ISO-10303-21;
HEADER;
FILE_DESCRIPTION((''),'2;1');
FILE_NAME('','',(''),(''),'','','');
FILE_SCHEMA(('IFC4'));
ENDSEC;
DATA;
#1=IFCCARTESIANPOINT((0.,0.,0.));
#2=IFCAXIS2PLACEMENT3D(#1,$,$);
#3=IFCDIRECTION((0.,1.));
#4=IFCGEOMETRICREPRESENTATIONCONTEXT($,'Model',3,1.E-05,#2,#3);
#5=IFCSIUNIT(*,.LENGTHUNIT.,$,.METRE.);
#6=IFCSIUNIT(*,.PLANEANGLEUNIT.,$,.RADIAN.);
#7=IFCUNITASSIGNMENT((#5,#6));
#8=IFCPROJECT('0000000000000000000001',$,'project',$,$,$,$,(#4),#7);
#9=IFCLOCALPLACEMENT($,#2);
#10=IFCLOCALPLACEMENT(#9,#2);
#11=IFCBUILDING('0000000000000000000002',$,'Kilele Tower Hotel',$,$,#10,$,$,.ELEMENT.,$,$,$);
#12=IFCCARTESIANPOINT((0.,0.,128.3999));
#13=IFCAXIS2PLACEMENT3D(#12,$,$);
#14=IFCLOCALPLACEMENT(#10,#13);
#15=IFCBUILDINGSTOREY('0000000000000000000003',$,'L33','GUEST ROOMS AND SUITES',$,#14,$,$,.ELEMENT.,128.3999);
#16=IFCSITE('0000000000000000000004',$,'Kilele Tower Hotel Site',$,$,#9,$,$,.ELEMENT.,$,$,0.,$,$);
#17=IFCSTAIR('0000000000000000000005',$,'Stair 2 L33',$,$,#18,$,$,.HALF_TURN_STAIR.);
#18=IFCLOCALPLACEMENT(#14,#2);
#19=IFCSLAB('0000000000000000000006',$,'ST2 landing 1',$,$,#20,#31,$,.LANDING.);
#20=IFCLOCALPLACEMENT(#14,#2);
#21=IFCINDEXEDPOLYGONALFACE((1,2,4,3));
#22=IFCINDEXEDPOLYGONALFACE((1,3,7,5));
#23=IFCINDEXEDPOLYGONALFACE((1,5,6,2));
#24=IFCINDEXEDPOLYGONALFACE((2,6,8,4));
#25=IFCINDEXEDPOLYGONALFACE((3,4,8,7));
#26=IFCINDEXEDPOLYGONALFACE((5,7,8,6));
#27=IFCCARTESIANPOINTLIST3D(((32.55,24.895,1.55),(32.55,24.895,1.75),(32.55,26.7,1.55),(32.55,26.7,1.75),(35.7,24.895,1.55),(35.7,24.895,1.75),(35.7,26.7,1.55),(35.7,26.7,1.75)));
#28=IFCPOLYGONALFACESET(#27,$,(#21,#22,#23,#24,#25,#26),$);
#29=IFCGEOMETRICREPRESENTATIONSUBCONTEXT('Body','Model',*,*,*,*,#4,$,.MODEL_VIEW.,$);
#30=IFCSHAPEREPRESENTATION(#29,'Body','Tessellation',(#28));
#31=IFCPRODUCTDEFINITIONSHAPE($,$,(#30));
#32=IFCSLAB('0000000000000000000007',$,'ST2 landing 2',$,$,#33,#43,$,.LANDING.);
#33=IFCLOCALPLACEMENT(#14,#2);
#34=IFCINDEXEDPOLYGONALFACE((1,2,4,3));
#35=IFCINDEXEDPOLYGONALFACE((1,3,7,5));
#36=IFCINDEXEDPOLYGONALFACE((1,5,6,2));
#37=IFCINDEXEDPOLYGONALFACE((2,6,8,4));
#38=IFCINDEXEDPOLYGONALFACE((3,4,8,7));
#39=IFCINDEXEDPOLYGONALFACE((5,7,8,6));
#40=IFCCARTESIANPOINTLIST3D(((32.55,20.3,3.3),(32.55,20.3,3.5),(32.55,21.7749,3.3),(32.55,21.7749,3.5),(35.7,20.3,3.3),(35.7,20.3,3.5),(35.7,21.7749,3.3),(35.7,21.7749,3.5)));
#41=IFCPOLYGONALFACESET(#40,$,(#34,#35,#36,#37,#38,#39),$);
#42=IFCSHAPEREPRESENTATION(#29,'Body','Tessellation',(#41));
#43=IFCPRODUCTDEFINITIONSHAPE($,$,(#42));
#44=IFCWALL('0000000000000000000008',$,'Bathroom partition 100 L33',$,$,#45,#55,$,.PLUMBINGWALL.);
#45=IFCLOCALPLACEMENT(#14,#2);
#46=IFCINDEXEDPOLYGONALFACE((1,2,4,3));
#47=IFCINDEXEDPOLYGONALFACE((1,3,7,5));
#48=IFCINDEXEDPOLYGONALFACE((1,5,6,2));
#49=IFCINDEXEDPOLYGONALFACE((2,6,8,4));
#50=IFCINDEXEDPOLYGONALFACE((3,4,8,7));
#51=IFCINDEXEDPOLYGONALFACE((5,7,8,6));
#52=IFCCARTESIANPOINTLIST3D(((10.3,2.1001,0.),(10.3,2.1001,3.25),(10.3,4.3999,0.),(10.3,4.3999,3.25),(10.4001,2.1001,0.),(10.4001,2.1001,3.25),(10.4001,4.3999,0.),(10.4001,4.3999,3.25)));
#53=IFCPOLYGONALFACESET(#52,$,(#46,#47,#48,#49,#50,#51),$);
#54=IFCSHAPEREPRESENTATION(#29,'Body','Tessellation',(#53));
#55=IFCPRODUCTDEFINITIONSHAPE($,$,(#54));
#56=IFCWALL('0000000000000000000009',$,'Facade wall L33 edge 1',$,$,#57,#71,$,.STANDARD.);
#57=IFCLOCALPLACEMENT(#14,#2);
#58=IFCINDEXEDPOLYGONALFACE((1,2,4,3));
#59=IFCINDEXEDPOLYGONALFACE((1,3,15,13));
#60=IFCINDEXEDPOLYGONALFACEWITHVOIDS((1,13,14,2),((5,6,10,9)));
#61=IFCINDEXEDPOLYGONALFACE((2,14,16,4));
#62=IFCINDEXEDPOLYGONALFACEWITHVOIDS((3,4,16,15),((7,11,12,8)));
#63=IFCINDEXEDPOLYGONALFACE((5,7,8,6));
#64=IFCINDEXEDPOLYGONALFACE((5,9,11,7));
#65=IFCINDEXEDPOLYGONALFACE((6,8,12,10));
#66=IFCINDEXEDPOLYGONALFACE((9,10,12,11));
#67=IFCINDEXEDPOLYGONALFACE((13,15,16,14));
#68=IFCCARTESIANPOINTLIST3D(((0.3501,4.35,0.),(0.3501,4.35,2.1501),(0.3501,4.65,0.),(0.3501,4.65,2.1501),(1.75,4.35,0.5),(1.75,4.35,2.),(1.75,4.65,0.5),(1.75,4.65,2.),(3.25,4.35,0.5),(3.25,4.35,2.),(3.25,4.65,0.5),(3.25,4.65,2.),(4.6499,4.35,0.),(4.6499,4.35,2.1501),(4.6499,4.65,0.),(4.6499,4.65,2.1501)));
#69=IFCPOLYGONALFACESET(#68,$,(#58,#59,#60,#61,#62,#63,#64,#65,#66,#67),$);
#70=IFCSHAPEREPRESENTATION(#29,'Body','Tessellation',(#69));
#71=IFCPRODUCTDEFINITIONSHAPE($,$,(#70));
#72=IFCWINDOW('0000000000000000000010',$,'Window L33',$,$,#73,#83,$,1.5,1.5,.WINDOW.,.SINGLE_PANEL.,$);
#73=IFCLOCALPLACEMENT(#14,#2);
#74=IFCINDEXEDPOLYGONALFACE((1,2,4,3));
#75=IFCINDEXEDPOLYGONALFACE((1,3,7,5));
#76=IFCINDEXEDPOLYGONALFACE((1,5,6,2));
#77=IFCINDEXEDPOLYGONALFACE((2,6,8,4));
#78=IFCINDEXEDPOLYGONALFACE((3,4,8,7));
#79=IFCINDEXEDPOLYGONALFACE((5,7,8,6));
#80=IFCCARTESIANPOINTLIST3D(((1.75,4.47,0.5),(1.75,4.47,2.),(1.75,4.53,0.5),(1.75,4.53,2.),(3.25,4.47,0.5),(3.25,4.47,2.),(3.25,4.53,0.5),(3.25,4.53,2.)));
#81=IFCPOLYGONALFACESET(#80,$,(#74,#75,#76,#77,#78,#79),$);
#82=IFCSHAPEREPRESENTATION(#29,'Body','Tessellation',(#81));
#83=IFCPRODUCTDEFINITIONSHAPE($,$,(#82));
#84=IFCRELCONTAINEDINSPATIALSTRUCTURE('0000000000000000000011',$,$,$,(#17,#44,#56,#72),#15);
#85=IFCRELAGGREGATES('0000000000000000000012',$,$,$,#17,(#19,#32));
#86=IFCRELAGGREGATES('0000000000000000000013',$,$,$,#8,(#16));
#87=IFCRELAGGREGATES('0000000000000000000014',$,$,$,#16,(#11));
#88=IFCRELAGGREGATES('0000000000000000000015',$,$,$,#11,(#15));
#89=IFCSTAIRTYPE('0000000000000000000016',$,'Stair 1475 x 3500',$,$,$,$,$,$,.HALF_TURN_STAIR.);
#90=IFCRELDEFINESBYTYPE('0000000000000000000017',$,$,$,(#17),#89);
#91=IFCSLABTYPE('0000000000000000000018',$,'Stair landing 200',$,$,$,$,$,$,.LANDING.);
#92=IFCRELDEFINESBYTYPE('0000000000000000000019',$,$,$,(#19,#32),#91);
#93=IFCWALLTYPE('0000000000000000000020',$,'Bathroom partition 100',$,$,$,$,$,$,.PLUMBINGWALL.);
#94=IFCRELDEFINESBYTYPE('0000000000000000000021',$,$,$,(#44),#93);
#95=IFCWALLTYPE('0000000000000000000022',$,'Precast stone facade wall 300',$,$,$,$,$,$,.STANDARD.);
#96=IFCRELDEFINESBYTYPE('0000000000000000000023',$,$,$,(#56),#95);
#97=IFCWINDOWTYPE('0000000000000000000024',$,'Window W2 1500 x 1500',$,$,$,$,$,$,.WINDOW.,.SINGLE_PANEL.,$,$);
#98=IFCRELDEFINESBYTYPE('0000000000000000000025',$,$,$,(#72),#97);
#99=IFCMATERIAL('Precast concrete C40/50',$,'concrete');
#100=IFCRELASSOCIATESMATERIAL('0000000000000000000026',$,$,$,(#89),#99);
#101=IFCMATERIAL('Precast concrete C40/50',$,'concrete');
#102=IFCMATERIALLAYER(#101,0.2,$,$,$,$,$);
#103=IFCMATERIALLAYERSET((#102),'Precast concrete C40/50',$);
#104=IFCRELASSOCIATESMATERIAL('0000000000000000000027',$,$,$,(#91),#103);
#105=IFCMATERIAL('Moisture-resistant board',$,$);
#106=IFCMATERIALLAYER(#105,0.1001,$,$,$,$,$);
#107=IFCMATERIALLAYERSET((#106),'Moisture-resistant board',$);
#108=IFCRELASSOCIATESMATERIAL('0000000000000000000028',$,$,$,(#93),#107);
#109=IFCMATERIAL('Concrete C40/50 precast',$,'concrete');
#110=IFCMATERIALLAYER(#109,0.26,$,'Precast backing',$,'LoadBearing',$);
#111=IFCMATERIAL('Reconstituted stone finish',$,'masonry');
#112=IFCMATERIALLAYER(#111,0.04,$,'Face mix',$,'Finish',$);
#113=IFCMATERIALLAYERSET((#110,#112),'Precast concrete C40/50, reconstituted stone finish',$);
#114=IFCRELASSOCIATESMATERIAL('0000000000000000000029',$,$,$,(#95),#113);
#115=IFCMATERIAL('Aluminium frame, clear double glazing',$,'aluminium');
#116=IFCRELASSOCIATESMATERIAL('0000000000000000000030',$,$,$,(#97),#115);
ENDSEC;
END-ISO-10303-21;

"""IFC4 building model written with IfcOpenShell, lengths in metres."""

from ifc_helpers import new_model, si_unit, direction, frame, frame_2d, origin, place, context, subcontext, project, spatial, polyline, rectangle, outline, extrude, material, layer, layer_set, type_object, element, fill, aggregate, save


model = new_model("IFC4")

# Units and contexts
model_context = context("Model", 3, precision=1e-05, world=origin(), true_north=direction((0.0, 1.0)))
body_context = subcontext(model_context, "Body", "Model", "MODEL_VIEW")
ifc_project = project(units=[si_unit("LENGTHUNIT", "METRE"), si_unit("PLANEANGLEUNIT", "RADIAN")], contexts=[model_context])

# Site, building, storey
site_placement = place(None, origin())
site = spatial("IfcSite", under=ifc_project, at=site_placement, Name="Kilele Tower Hotel Site", CompositionType="ELEMENT", RefElevation=0.0)
building_placement = place(site_placement, origin())
building = spatial("IfcBuilding", under=site, at=building_placement, Name="Kilele Tower Hotel", CompositionType="ELEMENT")
storey_placement = place(building_placement, frame((0.0, 0.0, 128.3999)))
storey = spatial("IfcBuildingStorey", under=building, at=storey_placement, Name="L33", Description="GUEST ROOMS AND SUITES", CompositionType="ELEMENT", Elevation=128.3999)

# Stair, slabs
ifc_material_1 = material(Name="Precast concrete C40/50", Category="concrete")
stair_type = type_object("IfcStairType", Name="Stair 1475 x 3500", PredefinedType="HALF_TURN_STAIR", material=ifc_material_1)
ifc_material_2 = material(Name="Precast concrete C40/50", Category="concrete")
ifc_layer_1 = layer(ifc_material_2, 0.2)
ifc_layer_set_1 = layer_set([ifc_layer_1], Name="Precast concrete C40/50")
slab_type_1 = type_object("IfcSlabType", Name="Stair landing 200", PredefinedType="LANDING", material=ifc_layer_set_1)
stair_1_placement = place(storey_placement, origin())
stair_1 = element("IfcStair", 1, at=stair_1_placement, inside=storey, type_object=stair_type, Name="Stair 2 L33", PredefinedType="HALF_TURN_STAIR")
slab_1_placement = place(storey_placement, frame((0.0, 0.0, 1.55)))
slab_1 = element("IfcSlab", 2, at=slab_1_placement, type_object=slab_type_1, Name="ST2 landing 1", PredefinedType="LANDING", context=body_context, shape_type="SweptSolid", body=[
    extrude(outline(polyline([(32.55, 24.895), (35.7, 24.895), (35.7, 26.7), (32.55, 26.7), (32.55, 24.895)])), origin(), (0.0, 0.0, 1.0), 0.2),
])
slab_2_placement = place(storey_placement, frame((0.0, 0.0, 3.3)))
slab_2 = element("IfcSlab", 3, at=slab_2_placement, type_object=slab_type_1, Name="ST2 landing 2", PredefinedType="LANDING", context=body_context, shape_type="SweptSolid", body=[
    extrude(outline(polyline([(32.55, 20.3), (35.7, 20.3), (35.7, 21.7749), (32.55, 21.7749), (32.55, 20.3)])), origin(), (0.0, 0.0, 1.0), 0.2),
])
aggregate(stair_1, [slab_1, slab_2])

# Wall
ifc_material_3 = material(Name="Moisture-resistant board")
ifc_layer_2 = layer(ifc_material_3, 0.1001)
ifc_layer_set_2 = layer_set([ifc_layer_2], Name="Moisture-resistant board")
wall_type_1 = type_object("IfcWallType", Name="Bathroom partition 100", PredefinedType="PLUMBINGWALL", material=ifc_layer_set_2)
wall_1_placement = place(storey_placement, frame((10.3501, 4.3999, 0.0), z_axis=(0.0, 0.0, 1.0), x_axis=(0.0, -1.0, 0.0)))
element("IfcWall", 4, at=wall_1_placement, inside=storey, type_object=wall_type_1, Name="Bathroom partition 100 L33", PredefinedType="PLUMBINGWALL", context=body_context, shape_type="SweptSolid", body=[
    extrude(rectangle(XDim=2.2998, YDim=0.1001, at=frame_2d((1.1499, 0.0))), origin(), (0.0, 0.0, 1.0), 3.25),
])

# Wall, opening, window
ifc_material_4 = material(Name="Concrete C40/50 precast", Category="concrete")
ifc_layer_3 = layer(ifc_material_4, 0.26, Name="Precast backing", Category="LoadBearing")
ifc_material_5 = material(Name="Reconstituted stone finish", Category="masonry")
ifc_layer_4 = layer(ifc_material_5, 0.04, Name="Face mix", Category="Finish")
ifc_layer_set_3 = layer_set([ifc_layer_3, ifc_layer_4], Name="Precast concrete C40/50, reconstituted stone finish")
wall_type_2 = type_object("IfcWallType", Name="Precast stone facade wall 300", PredefinedType="STANDARD", material=ifc_layer_set_3)
wall_2_placement = place(storey_placement, frame((0.3501, 4.5, 0.0), z_axis=(0.0, 0.0, 1.0), x_axis=(1.0, 0.0, 0.0)))
wall_2 = element("IfcWall", 5, at=wall_2_placement, inside=storey, type_object=wall_type_2, Name="Facade wall L33 edge 1", PredefinedType="STANDARD", context=body_context, shape_type="SweptSolid", body=[
    extrude(rectangle(XDim=4.2998, YDim=0.3, at=frame_2d((2.1499, 0.0))), origin(), (0.0, 0.0, 1.0), 2.1501),
])
opening_1_placement = place(wall_2_placement, frame((1.3999, 0.0, 0.5)))
opening_1 = element("IfcOpeningElement", 6, at=opening_1_placement, cuts=wall_2, PredefinedType="OPENING", context=body_context, shape_type="SweptSolid", body=[
    extrude(rectangle(XDim=1.5, YDim=1.5, at=frame_2d((0.75, 0.75))), frame((0.0, 0.1599, 0.0), z_axis=(0.0, -1.0, 0.0), x_axis=(1.0, 0.0, 0.0)), (0.0, 0.0, 1.0), 0.3201),
])
ifc_material_6 = material(Name="Aluminium frame, clear double glazing", Category="aluminium")
window_type = type_object("IfcWindowType", Name="Window W2 1500 x 1500", PartitioningType="SINGLE_PANEL", PredefinedType="WINDOW", material=ifc_material_6)
window_1_placement = place(opening_1_placement, origin())
window_1 = element("IfcWindow", 7, at=window_1_placement, inside=storey, type_object=window_type, Name="Window L33", OverallHeight=1.5, OverallWidth=1.5, PartitioningType="SINGLE_PANEL", PredefinedType="WINDOW", context=body_context, shape_type="SweptSolid", body=[
    extrude(rectangle(XDim=1.5, YDim=1.5, at=frame_2d((0.75, 0.75))), frame((0.0, 0.03, 0.0), z_axis=(0.0, -1.0, 0.0), x_axis=(1.0, 0.0, 0.0)), (0.0, 0.0, 1.0), 0.0601),
])
fill(opening_1, window_1)

save(model, "model.ifc")
